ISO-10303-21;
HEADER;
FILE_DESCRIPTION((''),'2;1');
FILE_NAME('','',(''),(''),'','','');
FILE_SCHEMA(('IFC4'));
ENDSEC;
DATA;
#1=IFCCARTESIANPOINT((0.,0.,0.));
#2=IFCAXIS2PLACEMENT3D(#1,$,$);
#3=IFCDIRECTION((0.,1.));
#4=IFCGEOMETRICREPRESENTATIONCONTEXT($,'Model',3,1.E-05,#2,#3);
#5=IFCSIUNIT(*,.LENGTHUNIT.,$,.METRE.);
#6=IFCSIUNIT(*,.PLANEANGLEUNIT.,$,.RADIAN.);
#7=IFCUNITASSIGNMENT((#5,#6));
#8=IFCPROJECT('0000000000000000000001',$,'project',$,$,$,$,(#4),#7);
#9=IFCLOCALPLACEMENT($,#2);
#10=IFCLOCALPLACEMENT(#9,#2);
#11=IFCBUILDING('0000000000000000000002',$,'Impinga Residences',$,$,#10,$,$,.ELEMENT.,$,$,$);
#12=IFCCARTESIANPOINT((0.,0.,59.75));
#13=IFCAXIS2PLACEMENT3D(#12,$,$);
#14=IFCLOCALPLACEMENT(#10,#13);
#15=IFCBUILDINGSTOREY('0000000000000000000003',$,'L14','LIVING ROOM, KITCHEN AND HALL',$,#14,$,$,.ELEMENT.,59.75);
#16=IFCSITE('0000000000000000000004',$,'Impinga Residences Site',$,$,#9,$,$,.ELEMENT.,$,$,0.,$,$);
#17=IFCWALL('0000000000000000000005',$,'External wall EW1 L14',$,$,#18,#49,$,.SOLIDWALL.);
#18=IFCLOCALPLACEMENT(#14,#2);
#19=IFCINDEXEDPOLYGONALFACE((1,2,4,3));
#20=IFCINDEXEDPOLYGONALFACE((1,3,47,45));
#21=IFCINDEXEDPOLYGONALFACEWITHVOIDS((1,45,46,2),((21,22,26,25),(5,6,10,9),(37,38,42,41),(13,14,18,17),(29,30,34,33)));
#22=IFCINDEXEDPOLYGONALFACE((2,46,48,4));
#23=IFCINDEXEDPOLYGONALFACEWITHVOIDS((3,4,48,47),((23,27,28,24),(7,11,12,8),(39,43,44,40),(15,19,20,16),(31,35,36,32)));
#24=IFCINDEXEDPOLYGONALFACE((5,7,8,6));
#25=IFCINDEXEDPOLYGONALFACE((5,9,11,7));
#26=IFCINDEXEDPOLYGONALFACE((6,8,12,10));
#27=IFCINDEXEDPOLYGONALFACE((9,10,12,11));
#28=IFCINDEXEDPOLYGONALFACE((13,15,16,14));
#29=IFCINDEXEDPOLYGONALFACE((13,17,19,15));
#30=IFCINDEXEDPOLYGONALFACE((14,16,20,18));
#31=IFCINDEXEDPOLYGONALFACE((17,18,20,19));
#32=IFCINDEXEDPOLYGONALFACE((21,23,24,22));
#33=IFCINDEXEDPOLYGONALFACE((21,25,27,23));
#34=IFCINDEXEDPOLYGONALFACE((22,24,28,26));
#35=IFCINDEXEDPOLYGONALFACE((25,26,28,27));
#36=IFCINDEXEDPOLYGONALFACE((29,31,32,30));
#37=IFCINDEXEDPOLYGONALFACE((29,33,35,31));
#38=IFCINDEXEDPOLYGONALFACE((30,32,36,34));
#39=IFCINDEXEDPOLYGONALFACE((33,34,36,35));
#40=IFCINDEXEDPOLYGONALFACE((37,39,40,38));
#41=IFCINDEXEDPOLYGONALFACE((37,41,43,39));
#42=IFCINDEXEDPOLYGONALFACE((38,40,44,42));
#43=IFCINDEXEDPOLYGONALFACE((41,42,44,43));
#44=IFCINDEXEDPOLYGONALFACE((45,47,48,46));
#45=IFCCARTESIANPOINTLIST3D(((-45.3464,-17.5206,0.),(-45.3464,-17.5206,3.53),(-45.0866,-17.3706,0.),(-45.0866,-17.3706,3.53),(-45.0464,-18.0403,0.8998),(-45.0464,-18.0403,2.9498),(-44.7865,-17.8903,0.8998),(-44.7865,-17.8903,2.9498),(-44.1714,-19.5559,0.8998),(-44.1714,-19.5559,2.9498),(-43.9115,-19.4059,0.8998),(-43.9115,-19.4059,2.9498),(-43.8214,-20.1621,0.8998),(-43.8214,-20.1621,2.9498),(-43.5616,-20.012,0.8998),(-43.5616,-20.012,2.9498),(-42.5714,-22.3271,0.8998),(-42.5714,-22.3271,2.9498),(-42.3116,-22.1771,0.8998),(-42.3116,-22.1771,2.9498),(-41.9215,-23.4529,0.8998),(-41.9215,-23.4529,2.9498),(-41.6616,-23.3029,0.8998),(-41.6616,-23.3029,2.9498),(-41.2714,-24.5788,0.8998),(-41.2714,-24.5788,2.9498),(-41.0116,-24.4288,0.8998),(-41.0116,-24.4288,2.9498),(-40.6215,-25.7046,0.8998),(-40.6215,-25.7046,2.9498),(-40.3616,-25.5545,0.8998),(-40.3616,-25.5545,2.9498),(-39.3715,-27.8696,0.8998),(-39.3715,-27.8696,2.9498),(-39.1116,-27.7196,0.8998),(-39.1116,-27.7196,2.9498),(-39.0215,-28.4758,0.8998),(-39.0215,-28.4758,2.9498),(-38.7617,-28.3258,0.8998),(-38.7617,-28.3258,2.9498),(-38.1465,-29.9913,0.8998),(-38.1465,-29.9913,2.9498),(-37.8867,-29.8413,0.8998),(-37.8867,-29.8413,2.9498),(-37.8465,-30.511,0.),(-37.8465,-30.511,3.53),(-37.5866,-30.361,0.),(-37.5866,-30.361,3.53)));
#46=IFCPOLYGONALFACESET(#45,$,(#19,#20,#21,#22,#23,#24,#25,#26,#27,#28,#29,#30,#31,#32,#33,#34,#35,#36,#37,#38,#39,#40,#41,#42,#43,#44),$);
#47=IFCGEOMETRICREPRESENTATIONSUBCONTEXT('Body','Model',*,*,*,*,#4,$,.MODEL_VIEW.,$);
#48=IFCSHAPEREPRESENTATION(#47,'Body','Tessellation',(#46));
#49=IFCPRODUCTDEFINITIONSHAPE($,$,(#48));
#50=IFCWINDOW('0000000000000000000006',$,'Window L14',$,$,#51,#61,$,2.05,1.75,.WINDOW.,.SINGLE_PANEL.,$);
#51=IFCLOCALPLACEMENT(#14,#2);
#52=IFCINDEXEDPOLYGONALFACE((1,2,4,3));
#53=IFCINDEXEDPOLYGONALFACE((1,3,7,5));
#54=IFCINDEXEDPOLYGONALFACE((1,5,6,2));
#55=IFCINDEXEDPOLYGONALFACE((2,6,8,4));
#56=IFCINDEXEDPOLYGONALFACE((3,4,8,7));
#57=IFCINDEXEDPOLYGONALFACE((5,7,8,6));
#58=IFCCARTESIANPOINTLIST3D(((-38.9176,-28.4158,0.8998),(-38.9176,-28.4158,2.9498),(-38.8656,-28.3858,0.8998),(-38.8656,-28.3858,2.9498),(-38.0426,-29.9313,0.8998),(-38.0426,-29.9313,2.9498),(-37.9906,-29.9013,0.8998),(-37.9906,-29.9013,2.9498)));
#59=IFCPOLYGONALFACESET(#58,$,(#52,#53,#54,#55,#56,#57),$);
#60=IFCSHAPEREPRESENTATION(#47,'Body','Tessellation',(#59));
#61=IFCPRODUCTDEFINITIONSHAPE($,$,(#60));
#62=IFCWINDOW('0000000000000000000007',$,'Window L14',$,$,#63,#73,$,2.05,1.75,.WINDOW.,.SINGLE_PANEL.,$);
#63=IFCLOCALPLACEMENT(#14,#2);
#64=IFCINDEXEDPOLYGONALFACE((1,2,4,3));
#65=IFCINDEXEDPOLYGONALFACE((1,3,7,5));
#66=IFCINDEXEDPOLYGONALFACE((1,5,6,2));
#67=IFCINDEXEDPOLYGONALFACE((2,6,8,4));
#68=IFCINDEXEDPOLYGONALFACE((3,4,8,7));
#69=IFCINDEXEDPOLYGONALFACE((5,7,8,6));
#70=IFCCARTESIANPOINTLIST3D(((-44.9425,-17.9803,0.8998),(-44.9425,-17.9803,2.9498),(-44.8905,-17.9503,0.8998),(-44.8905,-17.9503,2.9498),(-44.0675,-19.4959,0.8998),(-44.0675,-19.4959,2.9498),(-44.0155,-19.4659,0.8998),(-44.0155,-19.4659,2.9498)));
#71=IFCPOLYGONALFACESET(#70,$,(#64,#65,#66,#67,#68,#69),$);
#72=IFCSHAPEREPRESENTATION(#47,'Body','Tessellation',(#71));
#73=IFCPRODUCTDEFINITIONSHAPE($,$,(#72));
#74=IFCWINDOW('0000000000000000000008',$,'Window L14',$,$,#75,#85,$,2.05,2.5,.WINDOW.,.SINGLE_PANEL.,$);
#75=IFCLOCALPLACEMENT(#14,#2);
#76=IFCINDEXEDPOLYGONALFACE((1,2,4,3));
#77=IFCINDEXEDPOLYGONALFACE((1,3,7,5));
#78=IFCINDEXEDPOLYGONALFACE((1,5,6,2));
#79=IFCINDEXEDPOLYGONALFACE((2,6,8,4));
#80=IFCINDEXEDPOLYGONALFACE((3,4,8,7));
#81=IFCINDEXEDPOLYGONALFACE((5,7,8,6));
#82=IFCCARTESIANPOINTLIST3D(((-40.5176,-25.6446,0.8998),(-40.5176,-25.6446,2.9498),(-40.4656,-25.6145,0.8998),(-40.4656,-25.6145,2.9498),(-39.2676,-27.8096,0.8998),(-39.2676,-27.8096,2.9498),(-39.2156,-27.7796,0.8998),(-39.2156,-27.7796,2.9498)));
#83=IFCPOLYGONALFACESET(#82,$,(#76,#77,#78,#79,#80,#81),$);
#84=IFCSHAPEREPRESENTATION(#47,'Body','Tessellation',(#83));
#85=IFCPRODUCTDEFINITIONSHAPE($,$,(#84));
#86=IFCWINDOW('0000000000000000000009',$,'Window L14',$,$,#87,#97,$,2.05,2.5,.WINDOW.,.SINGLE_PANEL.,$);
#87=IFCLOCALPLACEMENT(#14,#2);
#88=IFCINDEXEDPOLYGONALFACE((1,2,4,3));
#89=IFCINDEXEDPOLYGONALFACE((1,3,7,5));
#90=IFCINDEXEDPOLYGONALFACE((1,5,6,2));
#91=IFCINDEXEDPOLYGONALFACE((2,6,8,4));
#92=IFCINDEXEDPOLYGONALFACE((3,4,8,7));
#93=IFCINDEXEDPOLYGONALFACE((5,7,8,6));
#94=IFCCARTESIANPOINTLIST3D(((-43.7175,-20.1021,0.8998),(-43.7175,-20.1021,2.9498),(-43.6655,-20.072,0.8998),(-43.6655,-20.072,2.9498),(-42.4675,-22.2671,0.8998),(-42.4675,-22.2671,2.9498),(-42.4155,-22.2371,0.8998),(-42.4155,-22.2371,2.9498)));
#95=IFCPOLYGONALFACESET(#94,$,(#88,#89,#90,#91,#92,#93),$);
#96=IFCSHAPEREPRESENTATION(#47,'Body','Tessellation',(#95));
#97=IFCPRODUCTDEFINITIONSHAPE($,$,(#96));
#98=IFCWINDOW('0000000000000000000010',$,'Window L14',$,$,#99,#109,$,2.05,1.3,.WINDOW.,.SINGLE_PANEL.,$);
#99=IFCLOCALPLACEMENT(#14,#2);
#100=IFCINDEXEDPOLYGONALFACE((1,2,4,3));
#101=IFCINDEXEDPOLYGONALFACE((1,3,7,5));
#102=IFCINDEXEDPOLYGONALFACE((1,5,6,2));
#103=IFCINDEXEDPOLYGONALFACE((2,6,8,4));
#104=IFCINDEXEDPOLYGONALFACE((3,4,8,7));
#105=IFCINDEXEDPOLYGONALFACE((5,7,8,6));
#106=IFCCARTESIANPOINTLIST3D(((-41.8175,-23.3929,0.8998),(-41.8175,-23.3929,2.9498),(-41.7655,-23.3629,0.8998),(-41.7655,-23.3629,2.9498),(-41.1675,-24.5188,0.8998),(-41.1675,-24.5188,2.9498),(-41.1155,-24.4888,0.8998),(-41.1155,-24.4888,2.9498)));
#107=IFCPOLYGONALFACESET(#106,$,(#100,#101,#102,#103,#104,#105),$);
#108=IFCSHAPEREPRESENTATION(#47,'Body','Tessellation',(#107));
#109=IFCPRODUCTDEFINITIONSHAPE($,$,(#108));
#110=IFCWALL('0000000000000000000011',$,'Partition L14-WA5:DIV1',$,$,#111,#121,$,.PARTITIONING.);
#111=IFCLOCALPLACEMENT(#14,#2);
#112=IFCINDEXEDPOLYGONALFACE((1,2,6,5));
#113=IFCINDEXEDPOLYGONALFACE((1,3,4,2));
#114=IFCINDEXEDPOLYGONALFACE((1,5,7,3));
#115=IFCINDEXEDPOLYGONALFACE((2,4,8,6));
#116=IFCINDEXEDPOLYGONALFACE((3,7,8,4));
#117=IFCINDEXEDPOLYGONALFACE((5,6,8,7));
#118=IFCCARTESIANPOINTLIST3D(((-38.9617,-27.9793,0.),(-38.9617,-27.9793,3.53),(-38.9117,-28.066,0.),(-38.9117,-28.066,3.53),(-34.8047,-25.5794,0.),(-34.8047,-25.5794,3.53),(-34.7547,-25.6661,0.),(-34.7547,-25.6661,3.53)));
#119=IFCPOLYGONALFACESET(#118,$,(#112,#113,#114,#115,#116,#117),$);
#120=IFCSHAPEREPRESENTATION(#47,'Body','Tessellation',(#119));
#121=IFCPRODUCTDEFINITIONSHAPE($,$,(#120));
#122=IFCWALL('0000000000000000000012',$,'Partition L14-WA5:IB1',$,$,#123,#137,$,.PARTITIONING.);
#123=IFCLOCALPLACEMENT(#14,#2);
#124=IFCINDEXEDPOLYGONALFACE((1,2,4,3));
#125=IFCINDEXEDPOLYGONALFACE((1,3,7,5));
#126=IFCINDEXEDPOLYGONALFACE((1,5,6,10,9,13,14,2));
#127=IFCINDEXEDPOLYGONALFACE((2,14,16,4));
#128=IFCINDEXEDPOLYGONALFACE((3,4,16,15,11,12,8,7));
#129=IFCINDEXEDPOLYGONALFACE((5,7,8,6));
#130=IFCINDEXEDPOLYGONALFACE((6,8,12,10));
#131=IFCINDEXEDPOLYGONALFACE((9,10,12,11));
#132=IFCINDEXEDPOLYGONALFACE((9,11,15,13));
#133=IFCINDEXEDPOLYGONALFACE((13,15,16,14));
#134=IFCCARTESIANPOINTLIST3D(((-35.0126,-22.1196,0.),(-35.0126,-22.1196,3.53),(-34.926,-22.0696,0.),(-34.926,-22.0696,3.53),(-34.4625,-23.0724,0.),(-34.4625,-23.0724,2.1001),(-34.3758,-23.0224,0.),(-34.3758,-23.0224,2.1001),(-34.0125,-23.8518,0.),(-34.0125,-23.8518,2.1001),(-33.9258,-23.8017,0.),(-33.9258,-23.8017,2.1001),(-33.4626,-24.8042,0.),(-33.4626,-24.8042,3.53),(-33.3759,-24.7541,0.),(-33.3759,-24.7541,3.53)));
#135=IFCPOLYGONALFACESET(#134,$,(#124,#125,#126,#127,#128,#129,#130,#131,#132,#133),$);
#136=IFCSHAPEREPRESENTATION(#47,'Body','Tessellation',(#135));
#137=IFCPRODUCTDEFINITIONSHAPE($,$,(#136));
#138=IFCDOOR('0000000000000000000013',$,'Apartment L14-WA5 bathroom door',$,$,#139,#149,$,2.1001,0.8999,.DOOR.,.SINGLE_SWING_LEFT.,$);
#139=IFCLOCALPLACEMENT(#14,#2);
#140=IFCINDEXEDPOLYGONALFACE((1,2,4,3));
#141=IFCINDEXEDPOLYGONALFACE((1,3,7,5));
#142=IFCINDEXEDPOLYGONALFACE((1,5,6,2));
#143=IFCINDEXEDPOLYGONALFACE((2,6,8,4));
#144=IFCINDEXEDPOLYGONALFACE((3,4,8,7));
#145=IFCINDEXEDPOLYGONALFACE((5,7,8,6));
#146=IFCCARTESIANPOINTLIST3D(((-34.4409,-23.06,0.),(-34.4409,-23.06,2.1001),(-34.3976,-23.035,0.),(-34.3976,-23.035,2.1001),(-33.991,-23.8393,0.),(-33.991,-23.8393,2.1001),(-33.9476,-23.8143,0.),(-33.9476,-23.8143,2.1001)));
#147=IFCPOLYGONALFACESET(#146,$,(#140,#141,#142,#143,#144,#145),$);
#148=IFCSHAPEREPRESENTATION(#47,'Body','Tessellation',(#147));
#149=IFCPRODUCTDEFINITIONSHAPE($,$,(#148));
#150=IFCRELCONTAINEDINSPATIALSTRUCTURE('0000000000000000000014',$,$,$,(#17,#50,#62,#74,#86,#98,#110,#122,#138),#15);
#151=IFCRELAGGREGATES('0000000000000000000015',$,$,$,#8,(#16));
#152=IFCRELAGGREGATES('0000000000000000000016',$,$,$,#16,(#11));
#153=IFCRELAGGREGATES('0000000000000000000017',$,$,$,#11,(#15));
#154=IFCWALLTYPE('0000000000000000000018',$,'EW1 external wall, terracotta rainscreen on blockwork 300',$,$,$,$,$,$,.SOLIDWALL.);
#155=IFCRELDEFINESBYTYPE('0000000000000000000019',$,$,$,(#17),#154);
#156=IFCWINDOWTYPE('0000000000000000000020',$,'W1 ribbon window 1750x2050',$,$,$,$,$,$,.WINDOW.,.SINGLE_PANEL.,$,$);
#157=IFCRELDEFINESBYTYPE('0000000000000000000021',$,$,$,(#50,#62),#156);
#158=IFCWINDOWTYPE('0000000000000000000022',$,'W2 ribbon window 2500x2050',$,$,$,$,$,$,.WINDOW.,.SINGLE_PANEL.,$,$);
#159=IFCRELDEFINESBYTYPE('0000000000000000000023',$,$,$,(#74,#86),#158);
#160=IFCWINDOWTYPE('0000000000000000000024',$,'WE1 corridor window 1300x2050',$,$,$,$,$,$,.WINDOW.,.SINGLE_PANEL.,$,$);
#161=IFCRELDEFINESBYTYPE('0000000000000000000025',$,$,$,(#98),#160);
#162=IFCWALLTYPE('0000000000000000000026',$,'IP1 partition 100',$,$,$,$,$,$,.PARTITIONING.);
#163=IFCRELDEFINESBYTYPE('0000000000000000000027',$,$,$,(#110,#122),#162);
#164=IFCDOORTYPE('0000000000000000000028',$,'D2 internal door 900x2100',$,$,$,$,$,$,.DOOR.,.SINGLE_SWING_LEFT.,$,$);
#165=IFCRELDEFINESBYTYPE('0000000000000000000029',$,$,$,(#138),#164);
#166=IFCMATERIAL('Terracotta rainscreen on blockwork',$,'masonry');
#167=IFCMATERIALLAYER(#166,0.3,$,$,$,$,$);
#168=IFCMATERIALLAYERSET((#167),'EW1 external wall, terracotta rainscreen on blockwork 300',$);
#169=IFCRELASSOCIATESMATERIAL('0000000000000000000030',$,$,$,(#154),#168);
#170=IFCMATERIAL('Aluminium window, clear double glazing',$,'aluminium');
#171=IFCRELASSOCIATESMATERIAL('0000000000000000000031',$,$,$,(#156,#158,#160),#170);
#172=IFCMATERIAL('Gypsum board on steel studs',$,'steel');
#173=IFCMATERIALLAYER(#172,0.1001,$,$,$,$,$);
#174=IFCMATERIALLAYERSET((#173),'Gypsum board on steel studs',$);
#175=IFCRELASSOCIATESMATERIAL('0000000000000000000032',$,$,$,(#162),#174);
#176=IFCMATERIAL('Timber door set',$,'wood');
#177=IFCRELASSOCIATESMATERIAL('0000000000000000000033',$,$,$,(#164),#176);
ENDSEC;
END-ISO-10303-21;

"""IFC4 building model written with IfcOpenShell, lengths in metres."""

from ifc_helpers import new_model, si_unit, direction, frame, frame_2d, origin, place, context, subcontext, project, spatial, rectangle, extrude, material, layer, layer_set, type_object, element, fill, save


model = new_model("IFC4")

# Units and contexts
model_context = context("Model", 3, precision=1e-05, world=origin(), true_north=direction((0.0, 1.0)))
body_context = subcontext(model_context, "Body", "Model", "MODEL_VIEW")
ifc_project = project(units=[si_unit("LENGTHUNIT", "METRE"), si_unit("PLANEANGLEUNIT", "RADIAN")], contexts=[model_context])

# Site, building, storey
site_placement = place(None, origin())
site = spatial("IfcSite", under=ifc_project, at=site_placement, Name="Impinga Residences Site", CompositionType="ELEMENT", RefElevation=0.0)
building_placement = place(site_placement, origin())
building = spatial("IfcBuilding", under=site, at=building_placement, Name="Impinga Residences", CompositionType="ELEMENT")
storey_placement = place(building_placement, frame((0.0, 0.0, 59.75)))
storey = spatial("IfcBuildingStorey", under=building, at=storey_placement, Name="L14", Description="LIVING ROOM, KITCHEN AND HALL", CompositionType="ELEMENT", Elevation=59.75)

# Shared definitions
ifc_material_1 = material(Name="Terracotta rainscreen on blockwork", Category="masonry")
ifc_layer_1 = layer(ifc_material_1, 0.3)
ifc_layer_set_1 = layer_set([ifc_layer_1], Name="EW1 external wall, terracotta rainscreen on blockwork 300")
wall_type_1 = type_object("IfcWallType", Name="EW1 external wall, terracotta rainscreen on blockwork 300", PredefinedType="SOLIDWALL", material=ifc_layer_set_1)

# Wall, openings, windows
wall_1_placement = place(storey_placement, frame((-37.7166, -30.436, 0.0), z_axis=(0.0, 0.0, 1.0), x_axis=(-0.499997, 0.866027, 0.0)))
wall_1 = element("IfcWall", 1, at=wall_1_placement, inside=storey, type_object=wall_type_1, Name="External wall EW1 L14", PredefinedType="SOLIDWALL", context=body_context, shape_type="SweptSolid", body=[
    extrude(rectangle(XDim=15.0, YDim=0.3, at=frame_2d((7.5, 0.0))), origin(), (0.0, 0.0, 1.0), 3.53),
])
opening_1_placement = place(wall_1_placement, frame((0.6001, 0.0, 0.8999)))
opening_1 = element("IfcOpeningElement", 2, at=opening_1_placement, cuts=wall_1, PredefinedType="OPENING", context=body_context, shape_type="SweptSolid", body=[
    extrude(rectangle(XDim=1.75, YDim=2.05, at=frame_2d((0.875, 1.0249))), frame((0.0, 0.1599, 0.0), z_axis=(0.0, -1.0, 0.0), x_axis=(1.0, 0.0, 0.0)), (0.0, 0.0, 1.0), 0.3201),
])
opening_2_placement = place(wall_1_placement, frame((3.05, 0.0, 0.8999)))
opening_2 = element("IfcOpeningElement", 3, at=opening_2_placement, cuts=wall_1, PredefinedType="OPENING", context=body_context, shape_type="SweptSolid", body=[
    extrude(rectangle(XDim=2.5, YDim=2.05, at=frame_2d((1.25, 1.0249))), frame((0.0, 0.1599, 0.0), z_axis=(0.0, -1.0, 0.0), x_axis=(1.0, 0.0, 0.0)), (0.0, 0.0, 1.0), 0.3201),
])
opening_3_placement = place(wall_1_placement, frame((6.8501, 0.0, 0.8999)))
opening_3 = element("IfcOpeningElement", 4, at=opening_3_placement, cuts=wall_1, PredefinedType="OPENING", context=body_context, shape_type="SweptSolid", body=[
    extrude(rectangle(XDim=1.3, YDim=2.05, at=frame_2d((0.6499, 1.0249))), frame((0.0, 0.1599, 0.0), z_axis=(0.0, -1.0, 0.0), x_axis=(1.0, 0.0, 0.0)), (0.0, 0.0, 1.0), 0.3201),
])
opening_4_placement = place(wall_1_placement, frame((9.45, 0.0, 0.8999)))
opening_4 = element("IfcOpeningElement", 5, at=opening_4_placement, cuts=wall_1, PredefinedType="OPENING", context=body_context, shape_type="SweptSolid", body=[
    extrude(rectangle(XDim=2.5, YDim=2.05, at=frame_2d((1.25, 1.0249))), frame((0.0, 0.1599, 0.0), z_axis=(0.0, -1.0, 0.0), x_axis=(1.0, 0.0, 0.0)), (0.0, 0.0, 1.0), 0.3201),
])
opening_5_placement = place(wall_1_placement, frame((12.6499, 0.0, 0.8999)))
opening_5 = element("IfcOpeningElement", 6, at=opening_5_placement, cuts=wall_1, PredefinedType="OPENING", context=body_context, shape_type="SweptSolid", body=[
    extrude(rectangle(XDim=1.75, YDim=2.05, at=frame_2d((0.875, 1.0249))), frame((0.0, 0.1599, 0.0), z_axis=(0.0, -1.0, 0.0), x_axis=(1.0, 0.0, 0.0)), (0.0, 0.0, 1.0), 0.3201),
])
ifc_material_2 = material(Name="Aluminium window, clear double glazing", Category="aluminium")
window_type_1 = type_object("IfcWindowType", Name="W1 ribbon window 1750x2050", PartitioningType="SINGLE_PANEL", PredefinedType="WINDOW", material=ifc_material_2)
window_1_placement = place(opening_1_placement, origin())
window_1 = element("IfcWindow", 7, at=window_1_placement, inside=storey, type_object=window_type_1, Name="Window L14", OverallHeight=2.05, OverallWidth=1.75, PartitioningType="SINGLE_PANEL", PredefinedType="WINDOW", context=body_context, shape_type="SweptSolid", body=[
    extrude(rectangle(XDim=1.75, YDim=2.05, at=frame_2d((0.875, 1.0249))), frame((0.0, 0.03, 0.0), z_axis=(0.0, -1.0, 0.0), x_axis=(1.0, 0.0, 0.0)), (0.0, 0.0, 1.0), 0.0601),
])
fill(opening_1, window_1)
window_2_placement = place(opening_5_placement, origin())
window_2 = element("IfcWindow", 8, at=window_2_placement, inside=storey, type_object=window_type_1, Name="Window L14", OverallHeight=2.05, OverallWidth=1.75, PartitioningType="SINGLE_PANEL", PredefinedType="WINDOW", context=body_context, shape_type="SweptSolid", body=[
    extrude(rectangle(XDim=1.75, YDim=2.05, at=frame_2d((0.875, 1.0249))), frame((0.0, 0.03, 0.0), z_axis=(0.0, -1.0, 0.0), x_axis=(1.0, 0.0, 0.0)), (0.0, 0.0, 1.0), 0.0601),
])
fill(opening_5, window_2)
window_type_2 = type_object("IfcWindowType", Name="W2 ribbon window 2500x2050", PartitioningType="SINGLE_PANEL", PredefinedType="WINDOW", material=ifc_material_2)
window_3_placement = place(opening_2_placement, origin())
window_3 = element("IfcWindow", 9, at=window_3_placement, inside=storey, type_object=window_type_2, Name="Window L14", OverallHeight=2.05, OverallWidth=2.5, PartitioningType="SINGLE_PANEL", PredefinedType="WINDOW", context=body_context, shape_type="SweptSolid", body=[
    extrude(rectangle(XDim=2.5, YDim=2.05, at=frame_2d((1.25, 1.0249))), frame((0.0, 0.03, 0.0), z_axis=(0.0, -1.0, 0.0), x_axis=(1.0, 0.0, 0.0)), (0.0, 0.0, 1.0), 0.0601),
])
fill(opening_2, window_3)
window_4_placement = place(opening_4_placement, origin())
window_4 = element("IfcWindow", 10, at=window_4_placement, inside=storey, type_object=window_type_2, Name="Window L14", OverallHeight=2.05, OverallWidth=2.5, PartitioningType="SINGLE_PANEL", PredefinedType="WINDOW", context=body_context, shape_type="SweptSolid", body=[
    extrude(rectangle(XDim=2.5, YDim=2.05, at=frame_2d((1.25, 1.0249))), frame((0.0, 0.03, 0.0), z_axis=(0.0, -1.0, 0.0), x_axis=(1.0, 0.0, 0.0)), (0.0, 0.0, 1.0), 0.0601),
])
fill(opening_4, window_4)
window_type_3 = type_object("IfcWindowType", Name="WE1 corridor window 1300x2050", PartitioningType="SINGLE_PANEL", PredefinedType="WINDOW", material=ifc_material_2)
window_5_placement = place(opening_3_placement, origin())
window_5 = element("IfcWindow", 11, at=window_5_placement, inside=storey, type_object=window_type_3, Name="Window L14", OverallHeight=2.05, OverallWidth=1.3, PartitioningType="SINGLE_PANEL", PredefinedType="WINDOW", context=body_context, shape_type="SweptSolid", body=[
    extrude(rectangle(XDim=1.3, YDim=2.05, at=frame_2d((0.6499, 1.0249))), frame((0.0, 0.03, 0.0), z_axis=(0.0, -1.0, 0.0), x_axis=(1.0, 0.0, 0.0)), (0.0, 0.0, 1.0), 0.0601),
])
fill(opening_3, window_5)

# Wall
ifc_material_3 = material(Name="Gypsum board on steel studs", Category="steel")
ifc_layer_2 = layer(ifc_material_3, 0.1001)
ifc_layer_set_2 = layer_set([ifc_layer_2], Name="Gypsum board on steel studs")
wall_type_2 = type_object("IfcWallType", Name="IP1 partition 100", PredefinedType="PARTITIONING", material=ifc_layer_set_2)
wall_2_placement = place(storey_placement, frame((-34.7798, -25.6228, 0.0), z_axis=(0.0, 0.0, 1.0), x_axis=(-0.866037, -0.499979, 0.0)))
element("IfcWall", 12, at=wall_2_placement, inside=storey, type_object=wall_type_2, Name="Partition L14-WA5:DIV1", PredefinedType="PARTITIONING", context=body_context, shape_type="SweptSolid", body=[
    extrude(rectangle(XDim=4.8, YDim=0.1001, at=frame_2d((2.3999, 0.0))), origin(), (0.0, 0.0, 1.0), 3.53),
])

# Wall, opening, door
wall_3_placement = place(storey_placement, frame((-34.9692, -22.0947, 0.0), z_axis=(0.0, 0.0, 1.0), x_axis=(0.500027, -0.86601, 0.0)))
wall_3 = element("IfcWall", 13, at=wall_3_placement, inside=storey, type_object=wall_type_2, Name="Partition L14-WA5:IB1", PredefinedType="PARTITIONING", context=body_context, shape_type="SweptSolid", body=[
    extrude(rectangle(XDim=3.0999, YDim=0.1001, at=frame_2d((1.5498, 0.0))), origin(), (0.0, 0.0, 1.0), 3.53),
])
opening_6_placement = place(wall_3_placement, frame((1.1001, 0.0, 0.0)))
opening_6 = element("IfcOpeningElement", 14, at=opening_6_placement, cuts=wall_3, PredefinedType="OPENING", context=body_context, shape_type="SweptSolid", body=[
    extrude(rectangle(XDim=0.8999, YDim=2.1001, at=frame_2d((0.45, 1.05))), frame((0.0, 0.0601, 0.0), z_axis=(0.0, -1.0, 0.0), x_axis=(1.0, 0.0, 0.0)), (0.0, 0.0, 1.0), 0.1201),
])
ifc_material_4 = material(Name="Timber door set", Category="wood")
door_type = type_object("IfcDoorType", Name="D2 internal door 900x2100", OperationType="SINGLE_SWING_LEFT", PredefinedType="DOOR", material=ifc_material_4)
door_1_placement = place(opening_6_placement, origin())
door_1 = element("IfcDoor", 15, at=door_1_placement, inside=storey, type_object=door_type, Name="Apartment L14-WA5 bathroom door", OperationType="SINGLE_SWING_LEFT", OverallHeight=2.1001, OverallWidth=0.8999, PredefinedType="DOOR", context=body_context, shape_type="SweptSolid", body=[
    extrude(rectangle(XDim=0.8999, YDim=2.1001, at=frame_2d((0.45, 1.05))), frame((0.0, 0.0249, 0.0), z_axis=(0.0, -1.0, 0.0), x_axis=(1.0, 0.0, 0.0)), (0.0, 0.0, 1.0), 0.05),
])
fill(opening_6, door_1)

save(model, "model.ifc")
